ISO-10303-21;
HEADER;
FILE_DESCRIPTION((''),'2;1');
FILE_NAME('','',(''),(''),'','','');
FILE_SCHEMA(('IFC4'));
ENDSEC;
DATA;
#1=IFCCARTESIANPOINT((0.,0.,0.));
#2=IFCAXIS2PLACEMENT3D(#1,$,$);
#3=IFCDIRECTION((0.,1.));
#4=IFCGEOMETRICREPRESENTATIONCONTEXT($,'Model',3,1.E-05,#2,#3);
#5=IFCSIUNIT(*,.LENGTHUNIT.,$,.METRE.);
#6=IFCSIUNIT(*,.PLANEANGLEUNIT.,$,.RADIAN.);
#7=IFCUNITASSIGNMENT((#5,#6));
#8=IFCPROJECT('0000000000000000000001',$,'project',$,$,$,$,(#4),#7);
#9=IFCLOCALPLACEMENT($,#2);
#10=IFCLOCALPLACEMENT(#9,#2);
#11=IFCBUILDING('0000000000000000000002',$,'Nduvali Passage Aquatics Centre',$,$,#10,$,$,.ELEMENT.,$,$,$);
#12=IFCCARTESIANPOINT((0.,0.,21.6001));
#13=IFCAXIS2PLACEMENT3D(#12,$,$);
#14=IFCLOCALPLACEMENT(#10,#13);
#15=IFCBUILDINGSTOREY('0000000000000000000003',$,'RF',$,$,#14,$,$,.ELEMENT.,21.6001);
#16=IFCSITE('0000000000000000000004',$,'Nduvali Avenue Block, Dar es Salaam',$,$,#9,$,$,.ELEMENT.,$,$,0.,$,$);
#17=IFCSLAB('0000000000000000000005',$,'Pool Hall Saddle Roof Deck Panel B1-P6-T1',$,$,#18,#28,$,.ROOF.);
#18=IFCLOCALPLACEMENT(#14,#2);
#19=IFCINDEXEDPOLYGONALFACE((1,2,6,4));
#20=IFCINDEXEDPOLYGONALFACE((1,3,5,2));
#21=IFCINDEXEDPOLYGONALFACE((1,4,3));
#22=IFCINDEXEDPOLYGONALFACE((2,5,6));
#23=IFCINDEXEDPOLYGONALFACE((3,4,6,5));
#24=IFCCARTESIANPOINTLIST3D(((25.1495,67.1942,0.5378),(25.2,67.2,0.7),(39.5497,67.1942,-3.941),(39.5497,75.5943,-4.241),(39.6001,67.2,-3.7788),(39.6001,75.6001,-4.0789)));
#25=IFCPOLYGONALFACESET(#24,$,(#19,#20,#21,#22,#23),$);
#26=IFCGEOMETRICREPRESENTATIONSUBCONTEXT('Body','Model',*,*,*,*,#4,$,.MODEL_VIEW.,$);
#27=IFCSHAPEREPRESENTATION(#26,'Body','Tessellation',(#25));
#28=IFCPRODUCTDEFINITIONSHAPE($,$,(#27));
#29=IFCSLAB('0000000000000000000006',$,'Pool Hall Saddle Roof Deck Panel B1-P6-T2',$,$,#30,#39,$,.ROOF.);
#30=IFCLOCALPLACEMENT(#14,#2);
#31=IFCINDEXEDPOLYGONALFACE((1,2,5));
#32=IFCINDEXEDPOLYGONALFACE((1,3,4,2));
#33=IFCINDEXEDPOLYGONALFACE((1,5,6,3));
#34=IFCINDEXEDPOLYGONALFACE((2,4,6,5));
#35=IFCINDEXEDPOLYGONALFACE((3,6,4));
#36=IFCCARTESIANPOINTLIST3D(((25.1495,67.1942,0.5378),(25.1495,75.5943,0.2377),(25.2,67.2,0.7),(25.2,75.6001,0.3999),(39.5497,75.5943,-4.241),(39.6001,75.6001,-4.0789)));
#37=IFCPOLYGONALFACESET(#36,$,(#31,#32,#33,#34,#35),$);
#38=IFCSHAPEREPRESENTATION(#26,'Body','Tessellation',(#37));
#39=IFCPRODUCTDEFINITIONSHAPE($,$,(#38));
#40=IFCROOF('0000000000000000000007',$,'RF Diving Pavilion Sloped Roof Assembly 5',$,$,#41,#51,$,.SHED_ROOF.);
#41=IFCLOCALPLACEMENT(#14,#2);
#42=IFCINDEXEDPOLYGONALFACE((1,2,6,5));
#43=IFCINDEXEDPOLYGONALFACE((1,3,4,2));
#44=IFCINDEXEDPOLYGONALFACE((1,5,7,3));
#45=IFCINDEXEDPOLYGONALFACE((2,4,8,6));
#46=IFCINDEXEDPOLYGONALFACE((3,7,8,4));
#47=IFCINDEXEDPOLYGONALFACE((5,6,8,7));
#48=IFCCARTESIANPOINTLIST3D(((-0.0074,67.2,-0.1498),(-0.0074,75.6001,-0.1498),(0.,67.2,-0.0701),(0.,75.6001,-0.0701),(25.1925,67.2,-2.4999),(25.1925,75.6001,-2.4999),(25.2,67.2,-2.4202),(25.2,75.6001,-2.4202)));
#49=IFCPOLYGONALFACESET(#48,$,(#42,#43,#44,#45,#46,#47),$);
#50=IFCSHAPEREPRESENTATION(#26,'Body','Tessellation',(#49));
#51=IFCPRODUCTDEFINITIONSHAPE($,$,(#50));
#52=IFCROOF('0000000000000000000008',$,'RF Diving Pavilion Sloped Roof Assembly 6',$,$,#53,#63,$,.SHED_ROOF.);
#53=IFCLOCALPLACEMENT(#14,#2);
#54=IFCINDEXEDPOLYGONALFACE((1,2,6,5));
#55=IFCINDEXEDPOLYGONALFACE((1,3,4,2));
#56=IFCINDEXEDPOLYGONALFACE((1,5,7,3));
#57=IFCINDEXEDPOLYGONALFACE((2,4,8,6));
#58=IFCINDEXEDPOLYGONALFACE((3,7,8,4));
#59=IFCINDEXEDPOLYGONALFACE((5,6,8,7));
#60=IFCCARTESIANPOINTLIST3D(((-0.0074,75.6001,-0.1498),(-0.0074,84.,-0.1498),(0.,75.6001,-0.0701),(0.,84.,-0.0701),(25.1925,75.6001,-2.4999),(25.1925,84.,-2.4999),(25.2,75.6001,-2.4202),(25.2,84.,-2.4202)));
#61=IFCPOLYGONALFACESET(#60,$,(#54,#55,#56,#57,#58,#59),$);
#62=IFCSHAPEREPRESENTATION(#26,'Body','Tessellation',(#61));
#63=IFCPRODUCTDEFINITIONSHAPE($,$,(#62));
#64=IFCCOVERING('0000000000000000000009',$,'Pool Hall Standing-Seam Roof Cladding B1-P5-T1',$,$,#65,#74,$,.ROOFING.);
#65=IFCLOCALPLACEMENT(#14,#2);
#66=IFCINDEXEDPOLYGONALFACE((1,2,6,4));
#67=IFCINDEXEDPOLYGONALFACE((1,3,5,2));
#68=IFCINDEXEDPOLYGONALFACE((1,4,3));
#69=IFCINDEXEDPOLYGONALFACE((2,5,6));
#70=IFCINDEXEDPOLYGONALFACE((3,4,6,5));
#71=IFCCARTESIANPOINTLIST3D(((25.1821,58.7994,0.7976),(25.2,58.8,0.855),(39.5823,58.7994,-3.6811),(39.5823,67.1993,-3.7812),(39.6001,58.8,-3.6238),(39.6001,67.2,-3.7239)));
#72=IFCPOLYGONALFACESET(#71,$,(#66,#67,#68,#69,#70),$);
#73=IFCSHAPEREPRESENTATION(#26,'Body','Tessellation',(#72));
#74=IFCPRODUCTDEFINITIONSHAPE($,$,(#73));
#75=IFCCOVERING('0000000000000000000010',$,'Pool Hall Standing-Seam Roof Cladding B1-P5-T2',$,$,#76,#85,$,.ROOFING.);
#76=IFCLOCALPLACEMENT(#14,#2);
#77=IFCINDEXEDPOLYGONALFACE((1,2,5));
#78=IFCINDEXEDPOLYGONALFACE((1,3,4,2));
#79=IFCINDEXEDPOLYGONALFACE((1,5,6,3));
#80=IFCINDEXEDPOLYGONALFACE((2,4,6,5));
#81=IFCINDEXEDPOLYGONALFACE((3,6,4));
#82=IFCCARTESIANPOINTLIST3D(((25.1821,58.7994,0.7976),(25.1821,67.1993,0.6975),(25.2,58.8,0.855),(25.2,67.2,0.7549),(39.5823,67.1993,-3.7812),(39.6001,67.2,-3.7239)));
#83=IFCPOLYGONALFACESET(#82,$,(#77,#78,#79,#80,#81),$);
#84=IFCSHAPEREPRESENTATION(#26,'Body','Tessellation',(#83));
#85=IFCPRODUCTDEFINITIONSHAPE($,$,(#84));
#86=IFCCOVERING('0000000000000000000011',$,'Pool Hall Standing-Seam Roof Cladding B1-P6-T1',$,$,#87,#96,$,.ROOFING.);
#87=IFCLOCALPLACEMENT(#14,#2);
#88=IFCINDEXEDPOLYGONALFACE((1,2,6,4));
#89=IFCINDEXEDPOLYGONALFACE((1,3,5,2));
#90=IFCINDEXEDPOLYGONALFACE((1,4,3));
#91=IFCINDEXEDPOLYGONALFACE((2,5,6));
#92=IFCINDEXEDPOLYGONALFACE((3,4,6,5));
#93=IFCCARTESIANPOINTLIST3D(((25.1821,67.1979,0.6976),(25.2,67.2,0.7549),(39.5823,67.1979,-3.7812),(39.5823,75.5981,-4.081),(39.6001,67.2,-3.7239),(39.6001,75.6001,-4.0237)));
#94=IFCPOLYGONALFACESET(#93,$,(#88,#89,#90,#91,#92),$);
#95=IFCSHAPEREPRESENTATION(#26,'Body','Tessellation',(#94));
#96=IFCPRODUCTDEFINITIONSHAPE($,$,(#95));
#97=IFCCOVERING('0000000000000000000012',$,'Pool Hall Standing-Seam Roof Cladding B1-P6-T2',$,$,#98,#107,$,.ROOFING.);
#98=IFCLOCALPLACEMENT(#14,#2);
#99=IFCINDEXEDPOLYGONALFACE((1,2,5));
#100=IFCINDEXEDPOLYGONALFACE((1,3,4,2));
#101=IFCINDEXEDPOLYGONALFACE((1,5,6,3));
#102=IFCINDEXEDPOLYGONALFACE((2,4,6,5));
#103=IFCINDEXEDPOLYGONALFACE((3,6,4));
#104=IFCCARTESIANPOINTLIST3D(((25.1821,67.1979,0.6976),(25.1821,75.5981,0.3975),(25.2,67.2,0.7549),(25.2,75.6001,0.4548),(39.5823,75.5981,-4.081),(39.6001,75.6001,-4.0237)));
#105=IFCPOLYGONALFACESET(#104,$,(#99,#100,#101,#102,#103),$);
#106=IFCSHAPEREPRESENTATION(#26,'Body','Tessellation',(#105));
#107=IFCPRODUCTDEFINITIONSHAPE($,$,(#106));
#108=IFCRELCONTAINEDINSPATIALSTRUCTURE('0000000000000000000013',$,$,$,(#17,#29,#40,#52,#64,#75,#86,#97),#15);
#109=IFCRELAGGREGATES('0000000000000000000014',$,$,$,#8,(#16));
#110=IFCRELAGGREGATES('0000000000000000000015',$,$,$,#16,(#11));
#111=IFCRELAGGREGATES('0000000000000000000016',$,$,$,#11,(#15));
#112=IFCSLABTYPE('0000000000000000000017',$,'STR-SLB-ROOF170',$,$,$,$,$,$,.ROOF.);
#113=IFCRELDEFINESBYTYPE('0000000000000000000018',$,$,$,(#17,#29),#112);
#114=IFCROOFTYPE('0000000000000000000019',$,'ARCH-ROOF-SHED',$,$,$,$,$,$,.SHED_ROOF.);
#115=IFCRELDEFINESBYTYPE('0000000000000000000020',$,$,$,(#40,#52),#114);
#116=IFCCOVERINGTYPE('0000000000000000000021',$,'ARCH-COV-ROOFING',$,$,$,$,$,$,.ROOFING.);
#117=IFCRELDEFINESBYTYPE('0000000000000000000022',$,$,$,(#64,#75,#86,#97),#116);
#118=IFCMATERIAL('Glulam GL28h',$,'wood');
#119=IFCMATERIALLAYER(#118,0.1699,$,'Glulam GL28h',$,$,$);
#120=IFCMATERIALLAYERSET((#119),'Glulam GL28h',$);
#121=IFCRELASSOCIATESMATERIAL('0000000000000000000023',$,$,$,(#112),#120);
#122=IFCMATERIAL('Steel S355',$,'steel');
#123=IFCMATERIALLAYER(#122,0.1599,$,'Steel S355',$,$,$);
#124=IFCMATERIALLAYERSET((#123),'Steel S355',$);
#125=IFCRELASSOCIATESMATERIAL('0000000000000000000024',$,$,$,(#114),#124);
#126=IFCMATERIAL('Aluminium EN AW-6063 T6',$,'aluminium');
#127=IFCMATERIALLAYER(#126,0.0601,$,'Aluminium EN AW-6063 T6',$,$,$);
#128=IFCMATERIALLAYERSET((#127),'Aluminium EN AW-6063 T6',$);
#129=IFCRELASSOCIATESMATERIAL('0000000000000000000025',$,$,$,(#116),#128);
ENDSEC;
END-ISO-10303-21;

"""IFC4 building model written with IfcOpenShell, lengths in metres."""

from ifc_helpers import new_model, si_unit, direction, frame, origin, place, context, subcontext, project, spatial, polyline, outline, extrude, material, layer, layer_set, type_object, element, save


model = new_model("IFC4")

# Units and contexts
model_context = context("Model", 3, precision=1e-05, world=origin(), true_north=direction((0.0, 1.0)))
body_context = subcontext(model_context, "Body", "Model", "MODEL_VIEW")
ifc_project = project(units=[si_unit("LENGTHUNIT", "METRE"), si_unit("PLANEANGLEUNIT", "RADIAN")], contexts=[model_context])

# Site, building, storey
site_placement = place(None, origin())
site = spatial("IfcSite", under=ifc_project, at=site_placement, Name="Nduvali Avenue Block, Dar es Salaam", CompositionType="ELEMENT", RefElevation=0.0)
building_placement = place(site_placement, origin())
building = spatial("IfcBuilding", under=site, at=building_placement, Name="Nduvali Passage Aquatics Centre", CompositionType="ELEMENT")
storey_placement = place(building_placement, frame((0.0, 0.0, 21.6001)))
storey = spatial("IfcBuildingStorey", under=building, at=storey_placement, Name="RF", CompositionType="ELEMENT", Elevation=21.6001)

# Shared definitions
ifc_material_1 = material(Name="Steel S355", Category="steel")

# Shared definitions
ifc_material_2 = material(Name="Glulam GL28h", Category="wood")

# Slabs
ifc_layer_1 = layer(ifc_material_2, 0.1699, Name="Glulam GL28h")
ifc_layer_set_1 = layer_set([ifc_layer_1], Name="Glulam GL28h")
slab_type_1 = type_object("IfcSlabType", Name="STR-SLB-ROOF170", PredefinedType="ROOF", material=ifc_layer_set_1)
slab_1_placement = place(storey_placement, frame((25.2, 67.2, 0.7), z_axis=(0.296816, 0.034088, 0.954326), x_axis=(0.954881, 0.0, -0.296989)))
element("IfcSlab", 1, at=slab_1_placement, inside=storey, type_object=slab_type_1, Name="Pool Hall Saddle Roof Deck Panel B1-P6-T1", PredefinedType="ROOF", context=body_context, shape_type="SweptSolid", body=[
    extrude(outline(polyline([(0.0, 0.0), (15.0806, 0.0), (15.1697, 8.405), (0.0, 0.0)])), origin(), (0.0, 0.0, -1.0), 0.1699),
])
slab_2_placement = place(storey_placement, frame((25.2, 67.2, 0.7), z_axis=(0.296816, 0.034088, 0.954326), x_axis=(0.830337, 0.484367, -0.275554)))
element("IfcSlab", 2, at=slab_2_placement, inside=storey, type_object=slab_type_1, Name="Pool Hall Saddle Roof Deck Panel B1-P6-T2", PredefinedType="ROOF", context=body_context, shape_type="SweptSolid", body=[
    extrude(outline(polyline([(0.0, 0.0), (17.3425, 0.0), (4.1514, 7.3088), (0.0, 0.0)])), origin(), (0.0, 0.0, -1.0), 0.1699),
])

# Roofs
ifc_layer_2 = layer(ifc_material_1, 0.1599, Name="Steel S355")
ifc_layer_set_2 = layer_set([ifc_layer_2], Name="Steel S355")
roof_type = type_object("IfcRoofType", Name="ARCH-ROOF-SHED", PredefinedType="SHED_ROOF", material=ifc_layer_set_2)
roof_1_placement = place(storey_placement, frame((0.0, 67.2, -0.0701), z_axis=(0.092855, 0.0, 0.99568), x_axis=(0.99568, 0.0, -0.092855)))
element("IfcRoof", 3, at=roof_1_placement, inside=storey, type_object=roof_type, Name="RF Diving Pavilion Sloped Roof Assembly 5", PredefinedType="SHED_ROOF", context=body_context, shape_type="SweptSolid", body=[
    extrude(outline(polyline([(0.0, 0.0), (25.3093, 0.0), (25.3093, 8.4001), (0.0, 8.4001), (0.0, 0.0)])), origin(), (0.0, 0.0, -1.0), 0.0801),
])
roof_2_placement = place(storey_placement, frame((0.0, 75.6001, -0.0701), z_axis=(0.092855, 0.0, 0.99568), x_axis=(0.99568, 0.0, -0.092855)))
element("IfcRoof", 4, at=roof_2_placement, inside=storey, type_object=roof_type, Name="RF Diving Pavilion Sloped Roof Assembly 6", PredefinedType="SHED_ROOF", context=body_context, shape_type="SweptSolid", body=[
    extrude(outline(polyline([(0.0, 0.0), (25.3093, 0.0), (25.3093, 8.3999), (0.0, 8.3999), (0.0, 0.0)])), origin(), (0.0, 0.0, -1.0), 0.0801),
])

# Coverings
ifc_material_3 = material(Name="Aluminium EN AW-6063 T6", Category="aluminium")
ifc_layer_3 = layer(ifc_material_3, 0.0601, Name="Aluminium EN AW-6063 T6")
ifc_layer_set_3 = layer_set([ifc_layer_3], Name="Aluminium EN AW-6063 T6")
covering_type = type_object("IfcCoveringType", Name="ARCH-COV-ROOFING", PredefinedType="ROOFING", material=ifc_layer_set_3)
covering_1_placement = place(storey_placement, frame((25.2, 58.8, 0.855), z_axis=(0.29697, 0.011378, 0.954819), x_axis=(0.954881, 0.0, -0.296989)))
element("IfcCovering", 5, at=covering_1_placement, inside=storey, type_object=covering_type, Name="Pool Hall Standing-Seam Roof Cladding B1-P5-T1", PredefinedType="ROOFING", context=body_context, shape_type="SweptSolid", body=[
    extrude(outline(polyline([(0.0, 0.0), (15.0806, 0.0), (15.1103, 8.4004), (0.0, 0.0)])), origin(), (0.0, 0.0, -1.0), 0.0601),
])
covering_2_placement = place(storey_placement, frame((25.2, 58.8, 0.855), z_axis=(0.29697, 0.011378, 0.954819), x_axis=(0.832937, 0.485869, -0.264852)))
element("IfcCovering", 6, at=covering_2_placement, inside=storey, type_object=covering_type, Name="Pool Hall Standing-Seam Roof Cladding B1-P5-T2", PredefinedType="ROOFING", context=body_context, shape_type="SweptSolid", body=[
    extrude(outline(polyline([(0.0, 0.0), (17.2884, 0.0), (4.1078, 7.3277), (0.0, 0.0)])), origin(), (0.0, 0.0, -1.0), 0.0601),
])
covering_3_placement = place(storey_placement, frame((25.2, 67.2, 0.7549), z_axis=(0.296816, 0.03406, 0.954327), x_axis=(0.954881, 0.0, -0.296989)))
element("IfcCovering", 7, at=covering_3_placement, inside=storey, type_object=covering_type, Name="Pool Hall Standing-Seam Roof Cladding B1-P6-T1", PredefinedType="ROOFING", context=body_context, shape_type="SweptSolid", body=[
    extrude(outline(polyline([(0.0, 0.0), (15.0806, 0.0), (15.1696, 8.405), (0.0, 0.0)])), origin(), (0.0, 0.0, -1.0), 0.0601),
])
covering_4_placement = place(storey_placement, frame((25.2, 67.2, 0.7549), z_axis=(0.296801, 0.034088, 0.954331), x_axis=(0.83034, 0.484368, -0.275541)))
element("IfcCovering", 8, at=covering_4_placement, inside=storey, type_object=covering_type, Name="Pool Hall Standing-Seam Roof Cladding B1-P6-T2", PredefinedType="ROOFING", context=body_context, shape_type="SweptSolid", body=[
    extrude(outline(polyline([(0.0, 0.0), (17.3425, 0.0), (4.1514, 7.3088), (0.0, 0.0)])), origin(), (0.0, 0.0, -1.0), 0.0601),
])

save(model, "model.ifc")
